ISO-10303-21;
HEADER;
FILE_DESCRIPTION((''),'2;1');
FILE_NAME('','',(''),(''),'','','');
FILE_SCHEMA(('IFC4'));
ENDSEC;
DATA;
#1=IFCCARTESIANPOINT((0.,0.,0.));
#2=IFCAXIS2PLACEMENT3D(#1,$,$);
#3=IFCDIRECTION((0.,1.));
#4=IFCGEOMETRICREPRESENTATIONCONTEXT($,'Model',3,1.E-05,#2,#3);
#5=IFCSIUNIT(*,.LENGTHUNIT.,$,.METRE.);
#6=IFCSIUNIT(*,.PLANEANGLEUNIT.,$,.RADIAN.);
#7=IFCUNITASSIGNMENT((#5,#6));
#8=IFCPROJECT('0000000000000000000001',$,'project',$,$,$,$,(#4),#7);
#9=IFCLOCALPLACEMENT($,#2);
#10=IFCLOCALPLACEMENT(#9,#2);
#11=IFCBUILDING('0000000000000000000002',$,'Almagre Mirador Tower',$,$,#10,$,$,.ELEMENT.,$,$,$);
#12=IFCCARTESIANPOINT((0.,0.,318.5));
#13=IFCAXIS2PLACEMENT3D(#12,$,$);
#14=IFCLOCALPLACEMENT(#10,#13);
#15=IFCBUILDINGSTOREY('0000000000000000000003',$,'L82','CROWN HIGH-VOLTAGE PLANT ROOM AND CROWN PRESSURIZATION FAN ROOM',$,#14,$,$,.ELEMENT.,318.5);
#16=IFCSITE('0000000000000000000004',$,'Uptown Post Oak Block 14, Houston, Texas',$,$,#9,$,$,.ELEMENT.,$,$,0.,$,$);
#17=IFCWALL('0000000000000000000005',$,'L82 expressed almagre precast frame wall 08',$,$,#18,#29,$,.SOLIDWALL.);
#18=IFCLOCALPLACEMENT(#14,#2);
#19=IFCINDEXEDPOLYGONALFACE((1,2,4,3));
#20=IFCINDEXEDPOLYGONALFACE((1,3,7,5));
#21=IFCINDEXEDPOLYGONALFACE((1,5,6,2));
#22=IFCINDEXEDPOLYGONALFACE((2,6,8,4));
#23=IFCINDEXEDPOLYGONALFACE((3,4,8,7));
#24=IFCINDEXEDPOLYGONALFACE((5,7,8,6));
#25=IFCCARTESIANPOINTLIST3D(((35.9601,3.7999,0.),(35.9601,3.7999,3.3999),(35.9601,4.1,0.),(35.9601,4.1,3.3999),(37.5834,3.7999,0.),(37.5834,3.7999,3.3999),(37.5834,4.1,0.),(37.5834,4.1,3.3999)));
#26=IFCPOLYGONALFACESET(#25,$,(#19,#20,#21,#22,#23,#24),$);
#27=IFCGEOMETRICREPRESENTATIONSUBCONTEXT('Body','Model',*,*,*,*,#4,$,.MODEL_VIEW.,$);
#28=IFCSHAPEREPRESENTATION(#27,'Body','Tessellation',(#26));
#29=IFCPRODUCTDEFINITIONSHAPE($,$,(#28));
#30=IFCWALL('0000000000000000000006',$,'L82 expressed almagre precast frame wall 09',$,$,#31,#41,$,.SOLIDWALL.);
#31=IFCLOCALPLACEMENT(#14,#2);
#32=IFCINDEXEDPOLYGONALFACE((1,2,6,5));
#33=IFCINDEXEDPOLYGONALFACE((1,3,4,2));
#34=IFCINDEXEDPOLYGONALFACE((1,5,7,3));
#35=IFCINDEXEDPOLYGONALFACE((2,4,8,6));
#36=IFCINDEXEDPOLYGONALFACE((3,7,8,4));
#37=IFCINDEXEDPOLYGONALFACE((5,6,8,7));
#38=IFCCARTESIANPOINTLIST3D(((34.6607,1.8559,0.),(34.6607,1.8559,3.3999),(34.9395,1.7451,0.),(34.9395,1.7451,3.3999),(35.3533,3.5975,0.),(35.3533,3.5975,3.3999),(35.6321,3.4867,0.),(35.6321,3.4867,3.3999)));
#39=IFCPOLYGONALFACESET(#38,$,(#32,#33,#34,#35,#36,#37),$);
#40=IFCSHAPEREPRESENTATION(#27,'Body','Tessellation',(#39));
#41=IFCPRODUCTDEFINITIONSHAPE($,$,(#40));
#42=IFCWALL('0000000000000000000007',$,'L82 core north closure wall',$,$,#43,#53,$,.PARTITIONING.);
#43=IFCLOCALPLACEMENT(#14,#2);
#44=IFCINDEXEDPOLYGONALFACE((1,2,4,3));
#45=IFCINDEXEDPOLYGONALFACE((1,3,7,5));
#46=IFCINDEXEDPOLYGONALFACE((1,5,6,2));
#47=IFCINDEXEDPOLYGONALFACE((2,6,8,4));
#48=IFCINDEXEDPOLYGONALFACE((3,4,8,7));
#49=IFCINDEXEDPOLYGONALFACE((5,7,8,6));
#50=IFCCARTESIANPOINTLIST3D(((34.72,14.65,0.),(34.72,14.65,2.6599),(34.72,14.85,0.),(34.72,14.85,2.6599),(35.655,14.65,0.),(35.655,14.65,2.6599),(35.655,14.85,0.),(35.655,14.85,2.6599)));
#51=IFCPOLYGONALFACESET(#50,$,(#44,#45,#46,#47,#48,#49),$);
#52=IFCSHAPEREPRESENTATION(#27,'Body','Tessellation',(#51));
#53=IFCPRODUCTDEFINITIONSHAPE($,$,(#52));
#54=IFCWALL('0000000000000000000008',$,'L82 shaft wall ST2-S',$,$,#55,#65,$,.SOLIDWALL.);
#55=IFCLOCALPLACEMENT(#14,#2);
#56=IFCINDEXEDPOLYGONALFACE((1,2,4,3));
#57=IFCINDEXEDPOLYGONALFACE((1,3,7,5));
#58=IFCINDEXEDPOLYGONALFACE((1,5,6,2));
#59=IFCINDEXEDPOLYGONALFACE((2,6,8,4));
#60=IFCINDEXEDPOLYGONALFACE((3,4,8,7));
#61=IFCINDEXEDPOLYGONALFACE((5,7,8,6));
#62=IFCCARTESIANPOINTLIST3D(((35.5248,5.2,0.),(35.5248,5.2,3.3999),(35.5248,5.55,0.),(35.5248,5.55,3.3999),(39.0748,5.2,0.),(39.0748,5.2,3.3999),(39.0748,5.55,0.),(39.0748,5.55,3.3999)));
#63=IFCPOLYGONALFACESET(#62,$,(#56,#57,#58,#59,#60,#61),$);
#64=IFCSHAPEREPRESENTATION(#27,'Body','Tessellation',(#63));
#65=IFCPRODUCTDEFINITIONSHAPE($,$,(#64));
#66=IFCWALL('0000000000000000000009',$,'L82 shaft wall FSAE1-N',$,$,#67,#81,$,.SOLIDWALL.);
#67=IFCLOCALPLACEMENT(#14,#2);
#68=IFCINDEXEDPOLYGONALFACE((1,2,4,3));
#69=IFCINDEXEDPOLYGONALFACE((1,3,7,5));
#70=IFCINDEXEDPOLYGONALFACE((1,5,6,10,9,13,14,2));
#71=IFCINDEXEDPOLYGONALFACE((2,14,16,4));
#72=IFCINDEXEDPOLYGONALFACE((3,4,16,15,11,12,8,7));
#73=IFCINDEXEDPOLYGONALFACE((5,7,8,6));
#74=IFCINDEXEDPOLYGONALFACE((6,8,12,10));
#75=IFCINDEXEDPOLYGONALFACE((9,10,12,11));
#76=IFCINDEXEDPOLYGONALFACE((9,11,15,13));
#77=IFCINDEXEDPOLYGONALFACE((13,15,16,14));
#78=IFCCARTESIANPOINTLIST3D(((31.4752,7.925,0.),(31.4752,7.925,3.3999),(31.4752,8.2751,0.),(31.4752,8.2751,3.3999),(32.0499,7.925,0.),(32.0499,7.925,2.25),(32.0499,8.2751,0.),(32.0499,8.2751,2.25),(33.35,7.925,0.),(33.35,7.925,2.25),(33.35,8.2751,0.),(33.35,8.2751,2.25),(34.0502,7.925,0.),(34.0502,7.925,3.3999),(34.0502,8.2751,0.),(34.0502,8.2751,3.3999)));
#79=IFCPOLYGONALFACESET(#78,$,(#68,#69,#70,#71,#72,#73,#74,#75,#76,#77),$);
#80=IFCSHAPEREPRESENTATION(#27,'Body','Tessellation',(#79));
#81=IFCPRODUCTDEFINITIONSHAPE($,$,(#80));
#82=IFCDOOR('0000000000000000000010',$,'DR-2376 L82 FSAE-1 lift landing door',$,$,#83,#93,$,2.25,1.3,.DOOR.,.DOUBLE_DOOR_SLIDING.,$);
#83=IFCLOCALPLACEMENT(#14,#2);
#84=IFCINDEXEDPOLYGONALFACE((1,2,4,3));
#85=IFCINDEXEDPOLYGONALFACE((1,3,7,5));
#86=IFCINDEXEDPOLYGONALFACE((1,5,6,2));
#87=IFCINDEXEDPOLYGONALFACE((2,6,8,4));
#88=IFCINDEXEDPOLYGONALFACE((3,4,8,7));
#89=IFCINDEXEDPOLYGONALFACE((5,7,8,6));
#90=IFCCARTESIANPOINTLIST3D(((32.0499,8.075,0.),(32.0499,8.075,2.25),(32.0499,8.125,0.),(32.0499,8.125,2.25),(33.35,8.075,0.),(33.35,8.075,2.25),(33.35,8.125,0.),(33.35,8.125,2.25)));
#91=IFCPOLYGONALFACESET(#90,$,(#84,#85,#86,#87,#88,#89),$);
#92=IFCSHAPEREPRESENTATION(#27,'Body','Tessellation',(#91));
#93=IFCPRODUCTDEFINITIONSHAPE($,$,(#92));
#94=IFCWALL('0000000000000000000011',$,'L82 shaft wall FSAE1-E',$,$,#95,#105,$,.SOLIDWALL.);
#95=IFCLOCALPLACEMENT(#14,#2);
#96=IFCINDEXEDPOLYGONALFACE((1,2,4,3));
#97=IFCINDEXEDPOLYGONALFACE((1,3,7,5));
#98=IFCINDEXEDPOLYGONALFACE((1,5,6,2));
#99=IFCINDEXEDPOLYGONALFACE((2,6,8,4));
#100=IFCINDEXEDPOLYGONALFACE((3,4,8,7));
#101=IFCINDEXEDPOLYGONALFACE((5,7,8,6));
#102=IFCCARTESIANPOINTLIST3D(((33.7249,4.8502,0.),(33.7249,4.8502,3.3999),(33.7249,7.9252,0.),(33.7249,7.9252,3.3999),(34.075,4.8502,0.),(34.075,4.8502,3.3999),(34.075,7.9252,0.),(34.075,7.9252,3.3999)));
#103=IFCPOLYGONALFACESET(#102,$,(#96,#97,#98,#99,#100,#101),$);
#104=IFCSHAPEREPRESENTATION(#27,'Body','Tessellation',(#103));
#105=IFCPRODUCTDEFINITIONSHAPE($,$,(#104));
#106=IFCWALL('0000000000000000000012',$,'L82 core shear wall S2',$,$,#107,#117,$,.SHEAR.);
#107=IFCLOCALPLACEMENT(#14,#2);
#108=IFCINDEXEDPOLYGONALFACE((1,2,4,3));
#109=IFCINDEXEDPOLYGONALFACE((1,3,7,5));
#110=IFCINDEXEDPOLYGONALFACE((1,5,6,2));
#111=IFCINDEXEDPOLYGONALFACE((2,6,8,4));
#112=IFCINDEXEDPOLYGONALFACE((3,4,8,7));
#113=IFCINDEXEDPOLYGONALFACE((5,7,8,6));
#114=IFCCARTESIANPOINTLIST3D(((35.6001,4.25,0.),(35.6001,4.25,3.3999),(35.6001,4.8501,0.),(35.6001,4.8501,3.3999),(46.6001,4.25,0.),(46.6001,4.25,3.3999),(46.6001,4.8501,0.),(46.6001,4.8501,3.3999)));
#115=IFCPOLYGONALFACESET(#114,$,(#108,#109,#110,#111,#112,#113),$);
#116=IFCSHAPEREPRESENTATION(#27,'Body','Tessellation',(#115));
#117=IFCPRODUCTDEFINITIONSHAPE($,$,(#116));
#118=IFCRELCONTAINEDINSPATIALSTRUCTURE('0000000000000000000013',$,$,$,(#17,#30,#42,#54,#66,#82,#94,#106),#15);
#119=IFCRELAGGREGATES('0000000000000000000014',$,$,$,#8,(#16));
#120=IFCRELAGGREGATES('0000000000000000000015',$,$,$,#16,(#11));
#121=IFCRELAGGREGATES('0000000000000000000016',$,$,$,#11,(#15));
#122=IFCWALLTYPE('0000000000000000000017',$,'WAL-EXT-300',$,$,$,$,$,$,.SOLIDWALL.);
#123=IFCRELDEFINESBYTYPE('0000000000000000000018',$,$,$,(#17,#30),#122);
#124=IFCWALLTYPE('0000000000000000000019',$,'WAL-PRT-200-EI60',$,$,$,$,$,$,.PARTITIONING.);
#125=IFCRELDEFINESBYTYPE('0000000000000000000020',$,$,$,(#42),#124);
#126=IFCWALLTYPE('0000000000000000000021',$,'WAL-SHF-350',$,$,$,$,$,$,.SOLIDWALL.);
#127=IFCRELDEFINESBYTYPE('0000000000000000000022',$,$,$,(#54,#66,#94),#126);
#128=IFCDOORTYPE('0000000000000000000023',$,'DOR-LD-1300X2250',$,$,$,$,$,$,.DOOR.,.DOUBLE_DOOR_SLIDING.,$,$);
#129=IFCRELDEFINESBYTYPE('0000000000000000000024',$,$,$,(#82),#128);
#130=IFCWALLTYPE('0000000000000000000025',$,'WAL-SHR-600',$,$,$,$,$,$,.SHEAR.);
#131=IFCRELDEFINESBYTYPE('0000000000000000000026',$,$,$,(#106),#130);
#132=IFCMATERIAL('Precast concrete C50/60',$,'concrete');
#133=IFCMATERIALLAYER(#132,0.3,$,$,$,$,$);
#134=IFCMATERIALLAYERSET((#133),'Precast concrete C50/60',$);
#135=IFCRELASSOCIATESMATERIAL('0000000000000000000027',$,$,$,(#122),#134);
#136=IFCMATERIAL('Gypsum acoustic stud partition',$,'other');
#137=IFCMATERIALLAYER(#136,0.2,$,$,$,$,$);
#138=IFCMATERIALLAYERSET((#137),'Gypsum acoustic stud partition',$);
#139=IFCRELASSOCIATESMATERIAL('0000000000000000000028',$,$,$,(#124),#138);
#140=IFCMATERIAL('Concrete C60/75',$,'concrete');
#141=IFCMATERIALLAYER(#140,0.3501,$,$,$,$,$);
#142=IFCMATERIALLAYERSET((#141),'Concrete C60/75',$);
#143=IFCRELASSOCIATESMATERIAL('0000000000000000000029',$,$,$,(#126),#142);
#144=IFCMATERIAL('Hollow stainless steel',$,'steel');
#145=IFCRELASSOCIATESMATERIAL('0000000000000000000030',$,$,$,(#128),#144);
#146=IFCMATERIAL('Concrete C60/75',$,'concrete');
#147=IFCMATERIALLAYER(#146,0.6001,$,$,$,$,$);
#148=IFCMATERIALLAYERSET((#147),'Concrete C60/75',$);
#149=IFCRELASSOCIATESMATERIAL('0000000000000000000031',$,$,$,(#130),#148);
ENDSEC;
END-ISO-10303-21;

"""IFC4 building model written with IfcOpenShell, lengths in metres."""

from ifc_helpers import new_model, si_unit, direction, frame, frame_2d, origin, place, context, subcontext, project, spatial, rectangle, extrude, material, layer, layer_set, type_object, element, fill, save


model = new_model("IFC4")

# Units and contexts
model_context = context("Model", 3, precision=1e-05, world=origin(), true_north=direction((0.0, 1.0)))
body_context = subcontext(model_context, "Body", "Model", "MODEL_VIEW")
ifc_project = project(units=[si_unit("LENGTHUNIT", "METRE"), si_unit("PLANEANGLEUNIT", "RADIAN")], contexts=[model_context])

# Site, building, storey
site_placement = place(None, origin())
site = spatial("IfcSite", under=ifc_project, at=site_placement, Name="Uptown Post Oak Block 14, Houston, Texas", CompositionType="ELEMENT", RefElevation=0.0)
building_placement = place(site_placement, origin())
building = spatial("IfcBuilding", under=site, at=building_placement, Name="Almagre Mirador Tower", CompositionType="ELEMENT")
storey_placement = place(building_placement, frame((0.0, 0.0, 318.5)))
storey = spatial("IfcBuildingStorey", under=building, at=storey_placement, Name="L82", Description="CROWN HIGH-VOLTAGE PLANT ROOM AND CROWN PRESSURIZATION FAN ROOM", CompositionType="ELEMENT", Elevation=318.5)

# Walls
ifc_material_1 = material(Name="Precast concrete C50/60", Category="concrete")
ifc_layer_1 = layer(ifc_material_1, 0.3)
ifc_layer_set_1 = layer_set([ifc_layer_1], Name="Precast concrete C50/60")
wall_type_1 = type_object("IfcWallType", Name="WAL-EXT-300", PredefinedType="SOLIDWALL", material=ifc_layer_set_1)
wall_1_placement = place(storey_placement, frame((37.5833, 3.95, 0.0), z_axis=(0.0, 0.0, 1.0), x_axis=(-1.0, 0.0, 0.0)))
element("IfcWall", 1, at=wall_1_placement, inside=storey, type_object=wall_type_1, Name="L82 expressed almagre precast frame wall 08", PredefinedType="SOLIDWALL", context=body_context, shape_type="SweptSolid", body=[
    extrude(rectangle(XDim=1.6233, YDim=0.3, at=frame_2d((0.8115, 0.0))), origin(), (0.0, 0.0, 1.0), 3.3999),
])
wall_2_placement = place(storey_placement, frame((35.4927, 3.542, 0.0), z_axis=(0.0, 0.0, 1.0), x_axis=(-0.369526, -0.92922, 0.0)))
element("IfcWall", 2, at=wall_2_placement, inside=storey, type_object=wall_type_1, Name="L82 expressed almagre precast frame wall 09", PredefinedType="SOLIDWALL", context=body_context, shape_type="SweptSolid", body=[
    extrude(rectangle(XDim=1.8743, YDim=0.3, at=frame_2d((0.937, 0.0))), origin(), (0.0, 0.0, 1.0), 3.3999),
])
ifc_material_2 = material(Name="Gypsum acoustic stud partition", Category="other")
ifc_layer_2 = layer(ifc_material_2, 0.2)
ifc_layer_set_2 = layer_set([ifc_layer_2], Name="Gypsum acoustic stud partition")
wall_type_2 = type_object("IfcWallType", Name="WAL-PRT-200-EI60", PredefinedType="PARTITIONING", material=ifc_layer_set_2)
wall_3_placement = place(storey_placement, frame((34.72, 14.75, 0.0), z_axis=(0.0, 0.0, 1.0), x_axis=(1.0, 0.0, 0.0)))
element("IfcWall", 3, at=wall_3_placement, inside=storey, type_object=wall_type_2, Name="L82 core north closure wall", PredefinedType="PARTITIONING", context=body_context, shape_type="SweptSolid", body=[
    extrude(rectangle(XDim=0.9351, YDim=0.2, at=frame_2d((0.4675, 0.0))), origin(), (0.0, 0.0, 1.0), 2.6599),
])

# Shared definitions
ifc_material_3 = material(Name="Concrete C60/75", Category="concrete")
ifc_layer_3 = layer(ifc_material_3, 0.3501)
ifc_layer_set_3 = layer_set([ifc_layer_3], Name="Concrete C60/75")
wall_type_3 = type_object("IfcWallType", Name="WAL-SHF-350", PredefinedType="SOLIDWALL", material=ifc_layer_set_3)

# Wall
wall_4_placement = place(storey_placement, frame((35.5249, 5.375, 0.0), z_axis=(0.0, 0.0, 1.0), x_axis=(1.0, 0.0, 0.0)))
element("IfcWall", 4, at=wall_4_placement, inside=storey, type_object=wall_type_3, Name="L82 shaft wall ST2-S", PredefinedType="SOLIDWALL", context=body_context, shape_type="SweptSolid", body=[
    extrude(rectangle(XDim=3.55, YDim=0.3501, at=frame_2d((1.7749, 0.0))), origin(), (0.0, 0.0, 1.0), 3.3999),
])

# Wall, opening, door
wall_5_placement = place(storey_placement, frame((31.4751, 8.1001, 0.0), z_axis=(0.0, 0.0, 1.0), x_axis=(1.0, 0.0, 0.0)))
wall_5 = element("IfcWall", 5, at=wall_5_placement, inside=storey, type_object=wall_type_3, Name="L82 shaft wall FSAE1-N", PredefinedType="SOLIDWALL", context=body_context, shape_type="SweptSolid", body=[
    extrude(rectangle(XDim=2.575, YDim=0.3501, at=frame_2d((1.2876, 0.0))), origin(), (0.0, 0.0, 1.0), 3.3999),
])
opening_1_placement = place(wall_5_placement, frame((0.575, 0.0, 0.0)))
opening_1 = element("IfcOpeningElement", 6, at=opening_1_placement, cuts=wall_5, PredefinedType="OPENING", context=body_context, shape_type="SweptSolid", body=[
    extrude(rectangle(XDim=1.3, YDim=2.25, at=frame_2d((0.6499, 1.125))), frame((0.0, 0.185, 0.0), z_axis=(0.0, -1.0, 0.0), x_axis=(1.0, 0.0, 0.0)), (0.0, 0.0, 1.0), 0.3701),
])
ifc_material_4 = material(Name="Hollow stainless steel", Category="steel")
door_type_1 = type_object("IfcDoorType", Name="DOR-LD-1300X2250", OperationType="DOUBLE_DOOR_SLIDING", PredefinedType="DOOR", material=ifc_material_4)
door_1_placement = place(opening_1_placement, origin())
door_1 = element("IfcDoor", 7, at=door_1_placement, inside=storey, type_object=door_type_1, Name="DR-2376 L82 FSAE-1 lift landing door", OperationType="DOUBLE_DOOR_SLIDING", OverallHeight=2.25, OverallWidth=1.3, PredefinedType="DOOR", context=body_context, shape_type="SweptSolid", body=[
    extrude(rectangle(XDim=1.3, YDim=2.25, at=frame_2d((0.6499, 1.125))), frame((0.0, 0.0249, 0.0), z_axis=(0.0, -1.0, 0.0), x_axis=(1.0, 0.0, 0.0)), (0.0, 0.0, 1.0), 0.05),
])
fill(opening_1, door_1)

# Walls
wall_6_placement = place(storey_placement, frame((33.8999, 4.8501, 0.0), z_axis=(0.0, 0.0, 1.0), x_axis=(0.0, 1.0, 0.0)))
element("IfcWall", 8, at=wall_6_placement, inside=storey, type_object=wall_type_3, Name="L82 shaft wall FSAE1-E", PredefinedType="SOLIDWALL", context=body_context, shape_type="SweptSolid", body=[
    extrude(rectangle(XDim=3.075, YDim=0.3501, at=frame_2d((1.5376, 0.0))), origin(), (0.0, 0.0, 1.0), 3.3999),
])
ifc_material_5 = material(Name="Concrete C60/75", Category="concrete")
ifc_layer_4 = layer(ifc_material_5, 0.6001)
ifc_layer_set_4 = layer_set([ifc_layer_4], Name="Concrete C60/75")
wall_type_4 = type_object("IfcWallType", Name="WAL-SHR-600", PredefinedType="SHEAR", material=ifc_layer_set_4)
wall_7_placement = place(storey_placement, frame((35.6001, 4.55, 0.0), z_axis=(0.0, 0.0, 1.0), x_axis=(1.0, 0.0, 0.0)))
element("IfcWall", 9, at=wall_7_placement, inside=storey, type_object=wall_type_4, Name="L82 core shear wall S2", PredefinedType="SHEAR", context=body_context, shape_type="SweptSolid", body=[
    extrude(rectangle(XDim=11.0, YDim=0.6001, at=frame_2d((5.5, 0.0))), origin(), (0.0, 0.0, 1.0), 3.3999),
])

save(model, "model.ifc")
